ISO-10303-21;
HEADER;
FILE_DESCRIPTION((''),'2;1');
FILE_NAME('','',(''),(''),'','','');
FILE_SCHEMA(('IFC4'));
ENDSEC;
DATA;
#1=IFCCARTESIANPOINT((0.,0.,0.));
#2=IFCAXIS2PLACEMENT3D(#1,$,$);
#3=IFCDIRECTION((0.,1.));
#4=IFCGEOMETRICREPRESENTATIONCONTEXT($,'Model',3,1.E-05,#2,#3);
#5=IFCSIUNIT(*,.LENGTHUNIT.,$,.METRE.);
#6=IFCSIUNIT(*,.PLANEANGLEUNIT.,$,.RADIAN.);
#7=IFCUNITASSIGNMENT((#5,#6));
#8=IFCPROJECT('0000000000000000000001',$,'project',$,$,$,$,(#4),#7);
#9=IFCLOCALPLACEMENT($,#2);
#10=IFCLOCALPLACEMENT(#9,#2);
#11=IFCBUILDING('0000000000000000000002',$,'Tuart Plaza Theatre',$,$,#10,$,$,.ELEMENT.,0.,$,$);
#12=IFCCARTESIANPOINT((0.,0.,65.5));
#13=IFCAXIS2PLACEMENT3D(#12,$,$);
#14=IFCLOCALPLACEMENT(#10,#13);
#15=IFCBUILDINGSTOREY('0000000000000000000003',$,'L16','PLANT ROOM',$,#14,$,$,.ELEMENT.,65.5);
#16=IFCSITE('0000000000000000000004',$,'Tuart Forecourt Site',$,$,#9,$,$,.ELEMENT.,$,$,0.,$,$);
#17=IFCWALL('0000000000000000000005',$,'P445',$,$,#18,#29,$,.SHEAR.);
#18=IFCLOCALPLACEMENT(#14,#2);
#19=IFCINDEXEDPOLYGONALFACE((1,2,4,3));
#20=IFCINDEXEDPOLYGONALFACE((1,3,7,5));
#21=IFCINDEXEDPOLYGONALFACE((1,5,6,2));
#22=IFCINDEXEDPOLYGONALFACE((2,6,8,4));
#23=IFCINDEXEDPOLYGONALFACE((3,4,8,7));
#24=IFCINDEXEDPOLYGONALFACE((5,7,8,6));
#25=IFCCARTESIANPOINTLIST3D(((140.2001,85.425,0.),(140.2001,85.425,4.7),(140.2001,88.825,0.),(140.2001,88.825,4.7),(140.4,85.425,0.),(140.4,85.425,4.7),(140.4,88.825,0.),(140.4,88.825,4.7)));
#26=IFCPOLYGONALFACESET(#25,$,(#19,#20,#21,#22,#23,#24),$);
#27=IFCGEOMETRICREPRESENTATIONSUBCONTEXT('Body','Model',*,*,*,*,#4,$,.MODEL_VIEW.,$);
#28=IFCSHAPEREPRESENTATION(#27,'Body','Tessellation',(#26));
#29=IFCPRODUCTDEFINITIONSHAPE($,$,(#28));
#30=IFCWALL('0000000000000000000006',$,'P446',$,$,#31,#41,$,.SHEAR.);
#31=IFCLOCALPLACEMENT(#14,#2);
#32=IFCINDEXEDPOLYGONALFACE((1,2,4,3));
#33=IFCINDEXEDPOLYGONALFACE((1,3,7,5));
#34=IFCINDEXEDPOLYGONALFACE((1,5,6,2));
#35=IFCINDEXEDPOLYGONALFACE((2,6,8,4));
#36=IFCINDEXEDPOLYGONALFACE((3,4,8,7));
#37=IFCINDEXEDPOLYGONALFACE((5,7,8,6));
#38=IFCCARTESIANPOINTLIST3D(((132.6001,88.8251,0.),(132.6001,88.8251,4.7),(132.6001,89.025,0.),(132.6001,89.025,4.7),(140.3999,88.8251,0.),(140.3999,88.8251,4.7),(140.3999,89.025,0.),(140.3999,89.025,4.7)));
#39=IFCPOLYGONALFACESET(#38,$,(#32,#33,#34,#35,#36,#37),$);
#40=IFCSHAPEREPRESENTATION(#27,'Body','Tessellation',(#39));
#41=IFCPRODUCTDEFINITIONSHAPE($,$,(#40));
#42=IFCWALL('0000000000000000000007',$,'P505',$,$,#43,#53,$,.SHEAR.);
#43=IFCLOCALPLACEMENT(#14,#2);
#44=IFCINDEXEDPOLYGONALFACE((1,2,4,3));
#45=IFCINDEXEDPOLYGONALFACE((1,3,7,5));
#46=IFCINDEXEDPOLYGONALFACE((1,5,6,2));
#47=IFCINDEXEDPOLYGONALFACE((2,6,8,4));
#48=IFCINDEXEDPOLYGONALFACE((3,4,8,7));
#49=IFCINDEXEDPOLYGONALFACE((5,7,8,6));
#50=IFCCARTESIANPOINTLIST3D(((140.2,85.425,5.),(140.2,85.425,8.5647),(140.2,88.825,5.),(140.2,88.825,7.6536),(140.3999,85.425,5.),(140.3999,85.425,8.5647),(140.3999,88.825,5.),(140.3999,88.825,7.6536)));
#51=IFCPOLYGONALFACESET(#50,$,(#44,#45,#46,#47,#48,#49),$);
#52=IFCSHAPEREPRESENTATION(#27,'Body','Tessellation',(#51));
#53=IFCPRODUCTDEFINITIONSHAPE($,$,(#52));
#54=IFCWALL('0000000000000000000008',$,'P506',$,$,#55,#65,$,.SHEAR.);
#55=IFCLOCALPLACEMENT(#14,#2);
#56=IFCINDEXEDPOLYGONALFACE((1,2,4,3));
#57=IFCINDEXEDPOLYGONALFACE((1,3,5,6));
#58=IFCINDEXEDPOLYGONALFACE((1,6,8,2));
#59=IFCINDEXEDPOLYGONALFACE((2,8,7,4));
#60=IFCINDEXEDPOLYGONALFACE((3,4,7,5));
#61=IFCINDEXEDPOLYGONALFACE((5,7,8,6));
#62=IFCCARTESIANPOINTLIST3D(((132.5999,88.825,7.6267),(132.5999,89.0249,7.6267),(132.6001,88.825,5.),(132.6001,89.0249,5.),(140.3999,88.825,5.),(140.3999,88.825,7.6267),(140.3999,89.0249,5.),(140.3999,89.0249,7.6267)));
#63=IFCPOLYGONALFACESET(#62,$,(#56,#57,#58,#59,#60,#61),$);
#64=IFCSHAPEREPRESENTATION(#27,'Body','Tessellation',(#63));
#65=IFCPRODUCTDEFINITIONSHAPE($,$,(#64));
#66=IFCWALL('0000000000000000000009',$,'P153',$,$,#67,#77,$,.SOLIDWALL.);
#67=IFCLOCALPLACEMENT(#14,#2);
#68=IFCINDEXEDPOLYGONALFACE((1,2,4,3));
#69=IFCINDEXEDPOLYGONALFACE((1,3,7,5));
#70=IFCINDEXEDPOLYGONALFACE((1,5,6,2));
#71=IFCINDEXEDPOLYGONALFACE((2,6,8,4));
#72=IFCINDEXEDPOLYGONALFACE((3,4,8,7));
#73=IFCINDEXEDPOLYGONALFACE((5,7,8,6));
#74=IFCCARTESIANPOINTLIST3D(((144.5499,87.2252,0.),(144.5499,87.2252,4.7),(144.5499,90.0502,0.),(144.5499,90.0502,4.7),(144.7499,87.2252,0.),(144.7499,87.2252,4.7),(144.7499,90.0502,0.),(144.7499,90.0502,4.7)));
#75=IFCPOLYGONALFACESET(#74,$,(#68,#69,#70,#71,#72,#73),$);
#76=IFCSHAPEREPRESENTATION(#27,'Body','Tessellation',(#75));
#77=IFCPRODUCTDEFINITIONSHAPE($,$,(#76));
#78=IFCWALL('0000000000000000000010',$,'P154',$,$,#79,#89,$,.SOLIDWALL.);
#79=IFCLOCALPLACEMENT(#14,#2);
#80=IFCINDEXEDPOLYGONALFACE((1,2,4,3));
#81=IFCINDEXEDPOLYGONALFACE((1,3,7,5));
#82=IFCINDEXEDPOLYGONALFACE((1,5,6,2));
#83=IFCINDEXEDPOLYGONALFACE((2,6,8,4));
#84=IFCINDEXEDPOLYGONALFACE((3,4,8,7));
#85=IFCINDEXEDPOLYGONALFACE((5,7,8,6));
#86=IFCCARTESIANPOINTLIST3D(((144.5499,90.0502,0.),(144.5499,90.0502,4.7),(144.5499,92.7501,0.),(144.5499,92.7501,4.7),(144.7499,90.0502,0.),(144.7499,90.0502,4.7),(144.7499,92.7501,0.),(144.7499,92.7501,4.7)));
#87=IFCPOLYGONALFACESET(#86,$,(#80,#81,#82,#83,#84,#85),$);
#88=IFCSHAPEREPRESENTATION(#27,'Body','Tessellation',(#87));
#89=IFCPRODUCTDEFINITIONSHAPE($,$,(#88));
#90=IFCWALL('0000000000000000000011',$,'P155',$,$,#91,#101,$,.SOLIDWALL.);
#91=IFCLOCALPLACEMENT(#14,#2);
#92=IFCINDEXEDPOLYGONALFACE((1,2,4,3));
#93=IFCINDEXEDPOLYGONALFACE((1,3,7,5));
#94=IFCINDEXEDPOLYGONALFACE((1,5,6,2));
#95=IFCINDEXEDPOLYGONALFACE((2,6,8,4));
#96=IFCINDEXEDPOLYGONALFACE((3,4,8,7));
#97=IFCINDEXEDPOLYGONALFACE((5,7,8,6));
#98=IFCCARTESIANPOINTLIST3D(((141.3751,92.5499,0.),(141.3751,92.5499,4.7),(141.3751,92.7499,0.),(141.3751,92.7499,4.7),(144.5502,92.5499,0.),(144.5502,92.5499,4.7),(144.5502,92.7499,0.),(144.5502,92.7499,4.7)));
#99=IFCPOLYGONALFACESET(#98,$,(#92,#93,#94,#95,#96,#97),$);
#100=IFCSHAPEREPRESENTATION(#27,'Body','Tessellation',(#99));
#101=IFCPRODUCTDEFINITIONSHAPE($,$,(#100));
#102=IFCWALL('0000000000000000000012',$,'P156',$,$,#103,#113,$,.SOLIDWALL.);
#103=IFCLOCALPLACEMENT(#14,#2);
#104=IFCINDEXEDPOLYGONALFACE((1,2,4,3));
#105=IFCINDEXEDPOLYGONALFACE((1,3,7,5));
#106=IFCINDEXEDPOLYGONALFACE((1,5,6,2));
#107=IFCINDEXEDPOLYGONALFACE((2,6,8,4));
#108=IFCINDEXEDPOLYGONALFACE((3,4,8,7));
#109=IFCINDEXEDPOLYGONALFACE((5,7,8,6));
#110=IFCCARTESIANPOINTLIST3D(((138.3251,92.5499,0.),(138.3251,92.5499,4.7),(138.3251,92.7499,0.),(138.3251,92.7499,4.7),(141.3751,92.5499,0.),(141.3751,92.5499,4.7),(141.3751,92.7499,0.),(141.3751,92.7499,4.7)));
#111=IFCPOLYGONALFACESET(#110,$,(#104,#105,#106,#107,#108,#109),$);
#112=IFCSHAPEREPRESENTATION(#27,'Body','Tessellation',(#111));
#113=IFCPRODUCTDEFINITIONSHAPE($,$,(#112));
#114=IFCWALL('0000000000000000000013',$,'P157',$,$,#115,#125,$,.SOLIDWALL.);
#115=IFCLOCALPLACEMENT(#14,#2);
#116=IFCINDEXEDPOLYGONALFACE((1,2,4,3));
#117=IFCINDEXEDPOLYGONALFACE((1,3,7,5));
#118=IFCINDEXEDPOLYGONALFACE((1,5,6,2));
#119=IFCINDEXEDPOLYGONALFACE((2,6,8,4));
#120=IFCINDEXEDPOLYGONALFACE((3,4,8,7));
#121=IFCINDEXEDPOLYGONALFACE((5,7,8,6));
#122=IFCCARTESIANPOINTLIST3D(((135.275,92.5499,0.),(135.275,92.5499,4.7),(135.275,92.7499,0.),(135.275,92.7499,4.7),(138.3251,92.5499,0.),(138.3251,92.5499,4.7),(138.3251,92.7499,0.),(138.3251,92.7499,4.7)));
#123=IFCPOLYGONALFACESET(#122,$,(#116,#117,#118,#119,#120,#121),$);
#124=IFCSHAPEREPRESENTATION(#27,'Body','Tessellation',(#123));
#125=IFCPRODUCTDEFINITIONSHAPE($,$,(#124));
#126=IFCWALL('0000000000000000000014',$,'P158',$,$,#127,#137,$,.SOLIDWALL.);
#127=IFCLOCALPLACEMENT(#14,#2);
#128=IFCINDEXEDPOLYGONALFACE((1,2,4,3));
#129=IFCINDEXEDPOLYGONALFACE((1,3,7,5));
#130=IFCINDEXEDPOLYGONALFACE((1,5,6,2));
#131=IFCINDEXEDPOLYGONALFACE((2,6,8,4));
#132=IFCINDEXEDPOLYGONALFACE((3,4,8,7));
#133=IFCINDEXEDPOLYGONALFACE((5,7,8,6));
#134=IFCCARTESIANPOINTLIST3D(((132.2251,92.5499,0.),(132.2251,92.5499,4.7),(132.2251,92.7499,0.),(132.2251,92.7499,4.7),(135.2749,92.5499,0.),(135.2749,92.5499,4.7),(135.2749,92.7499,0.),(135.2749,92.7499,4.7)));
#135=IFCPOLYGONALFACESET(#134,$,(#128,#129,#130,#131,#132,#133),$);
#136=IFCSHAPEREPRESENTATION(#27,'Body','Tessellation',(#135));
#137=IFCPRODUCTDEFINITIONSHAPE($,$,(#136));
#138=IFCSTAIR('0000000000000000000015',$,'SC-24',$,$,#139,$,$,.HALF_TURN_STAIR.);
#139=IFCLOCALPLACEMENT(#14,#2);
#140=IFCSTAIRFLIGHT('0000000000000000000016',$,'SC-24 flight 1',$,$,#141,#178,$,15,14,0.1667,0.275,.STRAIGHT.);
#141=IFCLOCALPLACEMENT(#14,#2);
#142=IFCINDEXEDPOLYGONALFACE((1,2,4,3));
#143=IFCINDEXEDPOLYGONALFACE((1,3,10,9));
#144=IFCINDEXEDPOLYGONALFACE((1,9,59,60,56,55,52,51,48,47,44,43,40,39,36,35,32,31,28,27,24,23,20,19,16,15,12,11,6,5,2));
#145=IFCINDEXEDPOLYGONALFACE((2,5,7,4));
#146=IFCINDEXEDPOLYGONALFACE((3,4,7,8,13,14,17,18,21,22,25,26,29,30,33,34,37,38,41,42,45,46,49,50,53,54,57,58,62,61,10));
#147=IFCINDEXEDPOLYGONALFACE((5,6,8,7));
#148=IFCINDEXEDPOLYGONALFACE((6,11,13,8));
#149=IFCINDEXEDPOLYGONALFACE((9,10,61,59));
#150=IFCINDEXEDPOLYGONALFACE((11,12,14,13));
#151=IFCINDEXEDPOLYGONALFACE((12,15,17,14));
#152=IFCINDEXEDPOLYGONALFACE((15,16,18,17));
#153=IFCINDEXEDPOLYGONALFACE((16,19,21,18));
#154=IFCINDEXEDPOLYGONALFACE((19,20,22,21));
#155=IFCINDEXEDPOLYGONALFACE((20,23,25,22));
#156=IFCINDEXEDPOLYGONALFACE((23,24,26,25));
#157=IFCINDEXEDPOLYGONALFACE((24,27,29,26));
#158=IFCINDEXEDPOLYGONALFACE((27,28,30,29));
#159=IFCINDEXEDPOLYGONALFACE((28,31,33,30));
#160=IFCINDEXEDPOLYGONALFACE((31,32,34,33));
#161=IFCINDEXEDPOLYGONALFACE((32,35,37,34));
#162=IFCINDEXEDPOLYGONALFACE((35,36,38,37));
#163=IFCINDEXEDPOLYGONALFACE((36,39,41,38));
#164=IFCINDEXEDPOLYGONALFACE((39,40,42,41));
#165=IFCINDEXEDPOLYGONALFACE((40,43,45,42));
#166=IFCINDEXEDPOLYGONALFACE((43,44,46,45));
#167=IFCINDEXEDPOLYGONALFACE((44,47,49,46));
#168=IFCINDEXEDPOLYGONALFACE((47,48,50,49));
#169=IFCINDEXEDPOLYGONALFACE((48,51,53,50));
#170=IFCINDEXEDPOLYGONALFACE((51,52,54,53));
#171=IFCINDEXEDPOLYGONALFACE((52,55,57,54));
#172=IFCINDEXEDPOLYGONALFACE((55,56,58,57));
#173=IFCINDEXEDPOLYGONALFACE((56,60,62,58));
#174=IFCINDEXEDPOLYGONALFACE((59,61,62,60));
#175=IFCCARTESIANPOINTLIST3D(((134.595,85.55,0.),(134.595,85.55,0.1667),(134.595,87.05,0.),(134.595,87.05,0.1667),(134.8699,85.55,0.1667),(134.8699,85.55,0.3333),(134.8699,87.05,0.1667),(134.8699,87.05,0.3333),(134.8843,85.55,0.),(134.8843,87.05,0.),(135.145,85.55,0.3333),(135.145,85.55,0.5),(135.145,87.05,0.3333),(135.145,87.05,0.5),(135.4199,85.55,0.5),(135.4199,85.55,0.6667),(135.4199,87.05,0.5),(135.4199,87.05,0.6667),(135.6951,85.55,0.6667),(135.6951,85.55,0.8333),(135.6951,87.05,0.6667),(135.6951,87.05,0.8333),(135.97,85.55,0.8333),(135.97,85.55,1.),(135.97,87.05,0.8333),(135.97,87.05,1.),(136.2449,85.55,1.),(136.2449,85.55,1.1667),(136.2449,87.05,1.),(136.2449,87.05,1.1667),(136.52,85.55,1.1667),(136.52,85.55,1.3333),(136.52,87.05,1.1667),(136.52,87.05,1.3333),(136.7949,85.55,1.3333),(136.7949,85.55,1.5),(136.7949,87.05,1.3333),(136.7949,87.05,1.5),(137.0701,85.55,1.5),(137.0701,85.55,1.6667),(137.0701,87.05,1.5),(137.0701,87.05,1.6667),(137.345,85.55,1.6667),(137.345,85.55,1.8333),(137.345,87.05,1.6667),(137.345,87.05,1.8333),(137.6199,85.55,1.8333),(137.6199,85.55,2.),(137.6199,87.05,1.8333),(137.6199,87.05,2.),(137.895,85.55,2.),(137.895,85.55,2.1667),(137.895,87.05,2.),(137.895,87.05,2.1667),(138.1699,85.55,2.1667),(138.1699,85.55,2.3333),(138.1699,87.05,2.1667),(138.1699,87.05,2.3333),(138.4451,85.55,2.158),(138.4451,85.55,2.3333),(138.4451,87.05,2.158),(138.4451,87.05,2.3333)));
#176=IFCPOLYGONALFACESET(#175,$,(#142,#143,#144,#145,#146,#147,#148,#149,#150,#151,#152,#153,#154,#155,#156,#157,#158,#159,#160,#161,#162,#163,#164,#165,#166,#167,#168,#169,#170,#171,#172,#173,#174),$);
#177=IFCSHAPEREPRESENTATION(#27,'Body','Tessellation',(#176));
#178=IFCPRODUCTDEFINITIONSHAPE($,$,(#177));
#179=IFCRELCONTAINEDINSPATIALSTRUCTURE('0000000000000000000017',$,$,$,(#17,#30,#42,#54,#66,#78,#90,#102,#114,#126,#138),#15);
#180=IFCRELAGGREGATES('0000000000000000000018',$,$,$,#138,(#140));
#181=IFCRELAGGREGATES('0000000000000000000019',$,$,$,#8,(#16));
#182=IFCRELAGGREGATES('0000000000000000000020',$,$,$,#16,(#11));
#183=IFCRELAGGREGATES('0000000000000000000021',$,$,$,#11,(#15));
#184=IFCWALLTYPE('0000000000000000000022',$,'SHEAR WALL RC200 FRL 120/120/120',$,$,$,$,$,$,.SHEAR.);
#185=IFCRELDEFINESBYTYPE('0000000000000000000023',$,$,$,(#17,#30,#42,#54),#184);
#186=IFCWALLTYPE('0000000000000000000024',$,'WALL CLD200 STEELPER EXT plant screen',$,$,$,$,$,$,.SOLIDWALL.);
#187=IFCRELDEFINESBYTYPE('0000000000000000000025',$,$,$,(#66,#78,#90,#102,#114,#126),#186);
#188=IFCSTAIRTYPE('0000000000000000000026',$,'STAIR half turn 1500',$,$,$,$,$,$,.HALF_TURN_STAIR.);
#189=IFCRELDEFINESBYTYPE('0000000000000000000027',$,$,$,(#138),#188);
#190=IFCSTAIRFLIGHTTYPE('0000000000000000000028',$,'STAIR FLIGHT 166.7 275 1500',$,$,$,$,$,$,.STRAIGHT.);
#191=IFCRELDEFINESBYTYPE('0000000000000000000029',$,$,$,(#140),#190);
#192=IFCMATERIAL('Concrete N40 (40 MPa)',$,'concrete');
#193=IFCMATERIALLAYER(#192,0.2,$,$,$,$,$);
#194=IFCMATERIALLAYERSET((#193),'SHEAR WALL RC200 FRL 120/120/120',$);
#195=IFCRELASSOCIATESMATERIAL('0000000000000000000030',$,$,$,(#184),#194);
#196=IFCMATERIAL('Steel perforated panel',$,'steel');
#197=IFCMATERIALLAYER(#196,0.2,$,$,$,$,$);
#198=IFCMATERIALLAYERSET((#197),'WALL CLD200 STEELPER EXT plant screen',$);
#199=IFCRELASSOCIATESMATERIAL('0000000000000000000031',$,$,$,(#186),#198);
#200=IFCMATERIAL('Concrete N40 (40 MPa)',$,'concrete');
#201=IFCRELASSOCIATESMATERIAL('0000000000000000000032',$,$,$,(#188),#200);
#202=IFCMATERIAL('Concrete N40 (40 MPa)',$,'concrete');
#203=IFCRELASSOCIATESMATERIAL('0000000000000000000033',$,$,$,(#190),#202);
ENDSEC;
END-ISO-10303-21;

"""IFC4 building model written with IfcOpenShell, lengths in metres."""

from ifc_helpers import new_model, si_unit, direction, frame, frame_2d, origin, place, context, subcontext, project, spatial, polyline, rectangle, outline, extrude, material, layer, layer_set, type_object, element, aggregate, save


model = new_model("IFC4")

# Units and contexts
model_context = context("Model", 3, precision=1e-05, world=origin(), true_north=direction((0.0, 1.0)))
body_context = subcontext(model_context, "Body", "Model", "MODEL_VIEW")
ifc_project = project(units=[si_unit("LENGTHUNIT", "METRE"), si_unit("PLANEANGLEUNIT", "RADIAN")], contexts=[model_context])

# Site, building, storey
site_placement = place(None, origin())
site = spatial("IfcSite", under=ifc_project, at=site_placement, Name="Tuart Forecourt Site", CompositionType="ELEMENT", RefElevation=0.0)
building_placement = place(site_placement, origin())
building = spatial("IfcBuilding", under=site, at=building_placement, Name="Tuart Plaza Theatre", CompositionType="ELEMENT", ElevationOfRefHeight=0.0)
storey_placement = place(building_placement, frame((0.0, 0.0, 65.5)))
storey = spatial("IfcBuildingStorey", under=building, at=storey_placement, Name="L16", Description="PLANT ROOM", CompositionType="ELEMENT", Elevation=65.5)

# Walls
ifc_material_1 = material(Name="Concrete N40 (40 MPa)", Category="concrete")
ifc_layer_1 = layer(ifc_material_1, 0.2)
ifc_layer_set_1 = layer_set([ifc_layer_1], Name="SHEAR WALL RC200 FRL 120/120/120")
wall_type_1 = type_object("IfcWallType", Name="SHEAR WALL RC200 FRL 120/120/120", PredefinedType="SHEAR", material=ifc_layer_set_1)
wall_1_placement = place(storey_placement, frame((140.3, 85.425, 0.0), z_axis=(0.0, 0.0, 1.0), x_axis=(0.0, 1.0, 0.0)))
element("IfcWall", 1, at=wall_1_placement, inside=storey, type_object=wall_type_1, Name="P445", PredefinedType="SHEAR", context=body_context, shape_type="SweptSolid", body=[
    extrude(rectangle(XDim=3.3999, YDim=0.2, at=frame_2d((1.7, 0.0))), origin(), (0.0, 0.0, 1.0), 4.7),
])
wall_2_placement = place(storey_placement, frame((140.3999, 88.925, 0.0), z_axis=(0.0, 0.0, 1.0), x_axis=(-1.0, 0.0, 0.0)))
element("IfcWall", 2, at=wall_2_placement, inside=storey, type_object=wall_type_1, Name="P446", PredefinedType="SHEAR", context=body_context, shape_type="SweptSolid", body=[
    extrude(rectangle(XDim=7.7998, YDim=0.2, at=frame_2d((3.8999, 0.0))), origin(), (0.0, 0.0, 1.0), 4.7),
])
wall_3_placement = place(storey_placement, frame((140.3, 85.425, 5.0), z_axis=(0.0, 0.0, 1.0), x_axis=(0.0, 1.0, 0.0)))
element("IfcWall", 3, at=wall_3_placement, inside=storey, type_object=wall_type_1, Name="P505", PredefinedType="SHEAR", context=body_context, shape_type="SweptSolid", body=[
    extrude(outline(polyline([(0.0, 0.0), (3.3999, 0.0), (3.3999, 2.6536), (0.0, 3.5647), (0.0, 0.0)])), frame((0.0, 0.1001, 0.0), z_axis=(0.0, -1.0, 0.0), x_axis=(1.0, 0.0, 0.0)), (0.0, 0.0, 1.0), 0.2),
])
wall_4_placement = place(storey_placement, frame((140.3999, 88.925, 5.0), z_axis=(0.0, 0.0, 1.0), x_axis=(-1.0, 0.0, 0.0)))
element("IfcWall", 4, at=wall_4_placement, inside=storey, type_object=wall_type_1, Name="P506", PredefinedType="SHEAR", context=body_context, shape_type="SweptSolid", body=[
    extrude(outline(polyline([(0.0, 0.0), (7.7998, 0.0), (7.8, 2.6267), (0.0, 2.6267), (0.0, 0.0)])), frame((0.0, 0.1001, 0.0), z_axis=(0.0, -1.0, 0.0), x_axis=(1.0, 0.0, 0.0)), (0.0, 0.0, 1.0), 0.2),
])
ifc_material_2 = material(Name="Steel perforated panel", Category="steel")
ifc_layer_2 = layer(ifc_material_2, 0.2)
ifc_layer_set_2 = layer_set([ifc_layer_2], Name="WALL CLD200 STEELPER EXT plant screen")
wall_type_2 = type_object("IfcWallType", Name="WALL CLD200 STEELPER EXT plant screen", PredefinedType="SOLIDWALL", material=ifc_layer_set_2)
wall_5_placement = place(storey_placement, frame((144.6499, 87.2251, 0.0), z_axis=(0.0, 0.0, 1.0), x_axis=(0.0, 1.0, 0.0)))
element("IfcWall", 5, at=wall_5_placement, inside=storey, type_object=wall_type_2, Name="P153", PredefinedType="SOLIDWALL", context=body_context, shape_type="SweptSolid", body=[
    extrude(rectangle(XDim=2.825, YDim=0.2, at=frame_2d((1.4126, 0.0))), origin(), (0.0, 0.0, 1.0), 4.7),
])
wall_6_placement = place(storey_placement, frame((144.6499, 90.05, 0.0), z_axis=(0.0, 0.0, 1.0), x_axis=(0.0, 1.0, 0.0)))
element("IfcWall", 6, at=wall_6_placement, inside=storey, type_object=wall_type_2, Name="P154", PredefinedType="SOLIDWALL", context=body_context, shape_type="SweptSolid", body=[
    extrude(rectangle(XDim=2.7, YDim=0.2, at=frame_2d((1.3501, 0.0))), origin(), (0.0, 0.0, 1.0), 4.7),
])
wall_7_placement = place(storey_placement, frame((144.55, 92.6499, 0.0), z_axis=(0.0, 0.0, 1.0), x_axis=(-1.0, 0.0, 0.0)))
element("IfcWall", 7, at=wall_7_placement, inside=storey, type_object=wall_type_2, Name="P155", PredefinedType="SOLIDWALL", context=body_context, shape_type="SweptSolid", body=[
    extrude(rectangle(XDim=3.175, YDim=0.2, at=frame_2d((1.5874, 0.0))), origin(), (0.0, 0.0, 1.0), 4.7),
])
for number, where, z_axis, x_axis, name in (
    (8, (141.375, 92.6499, 0.0), (0.0, 0.0, 1.0), (-1.0, 0.0, 0.0), "P156"),
    (9, (138.325, 92.6499, 0.0), (0.0, 0.0, 1.0), (-1.0, 0.0, 0.0), "P157"),
):
    element("IfcWall", number, at=place(storey_placement, frame(where, z_axis=z_axis, x_axis=x_axis)), inside=storey, type_object=wall_type_2, Name=name, PredefinedType="SOLIDWALL", context=body_context, shape_type="SweptSolid", body=[
        extrude(rectangle(XDim=3.05, YDim=0.2, at=frame_2d((1.5249, 0.0))), origin(), (0.0, 0.0, 1.0), 4.7),
    ])
wall_8_placement = place(storey_placement, frame((135.2749, 92.6499, 0.0), z_axis=(0.0, 0.0, 1.0), x_axis=(-1.0, 0.0, 0.0)))
element("IfcWall", 10, at=wall_8_placement, inside=storey, type_object=wall_type_2, Name="P158", PredefinedType="SOLIDWALL", context=body_context, shape_type="SweptSolid", body=[
    extrude(rectangle(XDim=3.0498, YDim=0.2, at=frame_2d((1.5249, 0.0))), origin(), (0.0, 0.0, 1.0), 4.7),
])

# Stair, stair flight
ifc_material_3 = material(Name="Concrete N40 (40 MPa)", Category="concrete")
stair_type = type_object("IfcStairType", Name="STAIR half turn 1500", PredefinedType="HALF_TURN_STAIR", material=ifc_material_3)
stair_placement = place(storey_placement, origin())
stair = element("IfcStair", 11, at=stair_placement, inside=storey, type_object=stair_type, Name="SC-24", PredefinedType="HALF_TURN_STAIR")
ifc_material_4 = material(Name="Concrete N40 (40 MPa)", Category="concrete")
stair_flight_type = type_object("IfcStairFlightType", Name="STAIR FLIGHT 166.7 275 1500", PredefinedType="STRAIGHT", material=ifc_material_4)
stair_flight_1_placement = place(storey_placement, frame((134.595, 86.3, 0.0), z_axis=(0.0, 0.0, 1.0), x_axis=(1.0, 0.0, 0.0)))
stair_flight_1 = element("IfcStairFlight", 12, at=stair_flight_1_placement, type_object=stair_flight_type, Name="SC-24 flight 1", NumberOfRisers=15, NumberOfTreads=14, PredefinedType="STRAIGHT", RiserHeight=0.1667, TreadLength=0.275, context=body_context, shape_type="SweptSolid", body=[
    extrude(outline(polyline([(0.0, 0.0), (0.0, 0.1667), (0.2749, 0.1667), (0.2749, 0.3333), (0.55, 0.3333), (0.55, 0.5), (0.825, 0.5), (0.825, 0.6667), (1.1001, 0.6667), (1.1001, 0.8333), (1.375, 0.8333), (1.375, 1.0), (1.6499, 1.0), (1.6499, 1.1667), (1.925, 1.1667), (1.925, 1.3333), (2.2, 1.3333), (2.2, 1.5), (2.4751, 1.5), (2.4751, 1.6667), (2.75, 1.6667), (2.75, 1.8333), (3.0249, 1.8333), (3.0249, 2.0), (3.3, 2.0), (3.3, 2.1667), (3.575, 2.1667), (3.575, 2.3333), (3.8501, 2.3333), (3.8501, 2.5), (3.8501, 2.158), (0.2893, 0.0), (0.0, 0.0)])), frame((0.0, 0.75, 0.0), z_axis=(0.0, -1.0, 0.0), x_axis=(1.0, 0.0, 0.0)), (0.0, 0.0, 1.0), 1.5),
])
aggregate(stair, [stair_flight_1])

save(model, "model.ifc")
